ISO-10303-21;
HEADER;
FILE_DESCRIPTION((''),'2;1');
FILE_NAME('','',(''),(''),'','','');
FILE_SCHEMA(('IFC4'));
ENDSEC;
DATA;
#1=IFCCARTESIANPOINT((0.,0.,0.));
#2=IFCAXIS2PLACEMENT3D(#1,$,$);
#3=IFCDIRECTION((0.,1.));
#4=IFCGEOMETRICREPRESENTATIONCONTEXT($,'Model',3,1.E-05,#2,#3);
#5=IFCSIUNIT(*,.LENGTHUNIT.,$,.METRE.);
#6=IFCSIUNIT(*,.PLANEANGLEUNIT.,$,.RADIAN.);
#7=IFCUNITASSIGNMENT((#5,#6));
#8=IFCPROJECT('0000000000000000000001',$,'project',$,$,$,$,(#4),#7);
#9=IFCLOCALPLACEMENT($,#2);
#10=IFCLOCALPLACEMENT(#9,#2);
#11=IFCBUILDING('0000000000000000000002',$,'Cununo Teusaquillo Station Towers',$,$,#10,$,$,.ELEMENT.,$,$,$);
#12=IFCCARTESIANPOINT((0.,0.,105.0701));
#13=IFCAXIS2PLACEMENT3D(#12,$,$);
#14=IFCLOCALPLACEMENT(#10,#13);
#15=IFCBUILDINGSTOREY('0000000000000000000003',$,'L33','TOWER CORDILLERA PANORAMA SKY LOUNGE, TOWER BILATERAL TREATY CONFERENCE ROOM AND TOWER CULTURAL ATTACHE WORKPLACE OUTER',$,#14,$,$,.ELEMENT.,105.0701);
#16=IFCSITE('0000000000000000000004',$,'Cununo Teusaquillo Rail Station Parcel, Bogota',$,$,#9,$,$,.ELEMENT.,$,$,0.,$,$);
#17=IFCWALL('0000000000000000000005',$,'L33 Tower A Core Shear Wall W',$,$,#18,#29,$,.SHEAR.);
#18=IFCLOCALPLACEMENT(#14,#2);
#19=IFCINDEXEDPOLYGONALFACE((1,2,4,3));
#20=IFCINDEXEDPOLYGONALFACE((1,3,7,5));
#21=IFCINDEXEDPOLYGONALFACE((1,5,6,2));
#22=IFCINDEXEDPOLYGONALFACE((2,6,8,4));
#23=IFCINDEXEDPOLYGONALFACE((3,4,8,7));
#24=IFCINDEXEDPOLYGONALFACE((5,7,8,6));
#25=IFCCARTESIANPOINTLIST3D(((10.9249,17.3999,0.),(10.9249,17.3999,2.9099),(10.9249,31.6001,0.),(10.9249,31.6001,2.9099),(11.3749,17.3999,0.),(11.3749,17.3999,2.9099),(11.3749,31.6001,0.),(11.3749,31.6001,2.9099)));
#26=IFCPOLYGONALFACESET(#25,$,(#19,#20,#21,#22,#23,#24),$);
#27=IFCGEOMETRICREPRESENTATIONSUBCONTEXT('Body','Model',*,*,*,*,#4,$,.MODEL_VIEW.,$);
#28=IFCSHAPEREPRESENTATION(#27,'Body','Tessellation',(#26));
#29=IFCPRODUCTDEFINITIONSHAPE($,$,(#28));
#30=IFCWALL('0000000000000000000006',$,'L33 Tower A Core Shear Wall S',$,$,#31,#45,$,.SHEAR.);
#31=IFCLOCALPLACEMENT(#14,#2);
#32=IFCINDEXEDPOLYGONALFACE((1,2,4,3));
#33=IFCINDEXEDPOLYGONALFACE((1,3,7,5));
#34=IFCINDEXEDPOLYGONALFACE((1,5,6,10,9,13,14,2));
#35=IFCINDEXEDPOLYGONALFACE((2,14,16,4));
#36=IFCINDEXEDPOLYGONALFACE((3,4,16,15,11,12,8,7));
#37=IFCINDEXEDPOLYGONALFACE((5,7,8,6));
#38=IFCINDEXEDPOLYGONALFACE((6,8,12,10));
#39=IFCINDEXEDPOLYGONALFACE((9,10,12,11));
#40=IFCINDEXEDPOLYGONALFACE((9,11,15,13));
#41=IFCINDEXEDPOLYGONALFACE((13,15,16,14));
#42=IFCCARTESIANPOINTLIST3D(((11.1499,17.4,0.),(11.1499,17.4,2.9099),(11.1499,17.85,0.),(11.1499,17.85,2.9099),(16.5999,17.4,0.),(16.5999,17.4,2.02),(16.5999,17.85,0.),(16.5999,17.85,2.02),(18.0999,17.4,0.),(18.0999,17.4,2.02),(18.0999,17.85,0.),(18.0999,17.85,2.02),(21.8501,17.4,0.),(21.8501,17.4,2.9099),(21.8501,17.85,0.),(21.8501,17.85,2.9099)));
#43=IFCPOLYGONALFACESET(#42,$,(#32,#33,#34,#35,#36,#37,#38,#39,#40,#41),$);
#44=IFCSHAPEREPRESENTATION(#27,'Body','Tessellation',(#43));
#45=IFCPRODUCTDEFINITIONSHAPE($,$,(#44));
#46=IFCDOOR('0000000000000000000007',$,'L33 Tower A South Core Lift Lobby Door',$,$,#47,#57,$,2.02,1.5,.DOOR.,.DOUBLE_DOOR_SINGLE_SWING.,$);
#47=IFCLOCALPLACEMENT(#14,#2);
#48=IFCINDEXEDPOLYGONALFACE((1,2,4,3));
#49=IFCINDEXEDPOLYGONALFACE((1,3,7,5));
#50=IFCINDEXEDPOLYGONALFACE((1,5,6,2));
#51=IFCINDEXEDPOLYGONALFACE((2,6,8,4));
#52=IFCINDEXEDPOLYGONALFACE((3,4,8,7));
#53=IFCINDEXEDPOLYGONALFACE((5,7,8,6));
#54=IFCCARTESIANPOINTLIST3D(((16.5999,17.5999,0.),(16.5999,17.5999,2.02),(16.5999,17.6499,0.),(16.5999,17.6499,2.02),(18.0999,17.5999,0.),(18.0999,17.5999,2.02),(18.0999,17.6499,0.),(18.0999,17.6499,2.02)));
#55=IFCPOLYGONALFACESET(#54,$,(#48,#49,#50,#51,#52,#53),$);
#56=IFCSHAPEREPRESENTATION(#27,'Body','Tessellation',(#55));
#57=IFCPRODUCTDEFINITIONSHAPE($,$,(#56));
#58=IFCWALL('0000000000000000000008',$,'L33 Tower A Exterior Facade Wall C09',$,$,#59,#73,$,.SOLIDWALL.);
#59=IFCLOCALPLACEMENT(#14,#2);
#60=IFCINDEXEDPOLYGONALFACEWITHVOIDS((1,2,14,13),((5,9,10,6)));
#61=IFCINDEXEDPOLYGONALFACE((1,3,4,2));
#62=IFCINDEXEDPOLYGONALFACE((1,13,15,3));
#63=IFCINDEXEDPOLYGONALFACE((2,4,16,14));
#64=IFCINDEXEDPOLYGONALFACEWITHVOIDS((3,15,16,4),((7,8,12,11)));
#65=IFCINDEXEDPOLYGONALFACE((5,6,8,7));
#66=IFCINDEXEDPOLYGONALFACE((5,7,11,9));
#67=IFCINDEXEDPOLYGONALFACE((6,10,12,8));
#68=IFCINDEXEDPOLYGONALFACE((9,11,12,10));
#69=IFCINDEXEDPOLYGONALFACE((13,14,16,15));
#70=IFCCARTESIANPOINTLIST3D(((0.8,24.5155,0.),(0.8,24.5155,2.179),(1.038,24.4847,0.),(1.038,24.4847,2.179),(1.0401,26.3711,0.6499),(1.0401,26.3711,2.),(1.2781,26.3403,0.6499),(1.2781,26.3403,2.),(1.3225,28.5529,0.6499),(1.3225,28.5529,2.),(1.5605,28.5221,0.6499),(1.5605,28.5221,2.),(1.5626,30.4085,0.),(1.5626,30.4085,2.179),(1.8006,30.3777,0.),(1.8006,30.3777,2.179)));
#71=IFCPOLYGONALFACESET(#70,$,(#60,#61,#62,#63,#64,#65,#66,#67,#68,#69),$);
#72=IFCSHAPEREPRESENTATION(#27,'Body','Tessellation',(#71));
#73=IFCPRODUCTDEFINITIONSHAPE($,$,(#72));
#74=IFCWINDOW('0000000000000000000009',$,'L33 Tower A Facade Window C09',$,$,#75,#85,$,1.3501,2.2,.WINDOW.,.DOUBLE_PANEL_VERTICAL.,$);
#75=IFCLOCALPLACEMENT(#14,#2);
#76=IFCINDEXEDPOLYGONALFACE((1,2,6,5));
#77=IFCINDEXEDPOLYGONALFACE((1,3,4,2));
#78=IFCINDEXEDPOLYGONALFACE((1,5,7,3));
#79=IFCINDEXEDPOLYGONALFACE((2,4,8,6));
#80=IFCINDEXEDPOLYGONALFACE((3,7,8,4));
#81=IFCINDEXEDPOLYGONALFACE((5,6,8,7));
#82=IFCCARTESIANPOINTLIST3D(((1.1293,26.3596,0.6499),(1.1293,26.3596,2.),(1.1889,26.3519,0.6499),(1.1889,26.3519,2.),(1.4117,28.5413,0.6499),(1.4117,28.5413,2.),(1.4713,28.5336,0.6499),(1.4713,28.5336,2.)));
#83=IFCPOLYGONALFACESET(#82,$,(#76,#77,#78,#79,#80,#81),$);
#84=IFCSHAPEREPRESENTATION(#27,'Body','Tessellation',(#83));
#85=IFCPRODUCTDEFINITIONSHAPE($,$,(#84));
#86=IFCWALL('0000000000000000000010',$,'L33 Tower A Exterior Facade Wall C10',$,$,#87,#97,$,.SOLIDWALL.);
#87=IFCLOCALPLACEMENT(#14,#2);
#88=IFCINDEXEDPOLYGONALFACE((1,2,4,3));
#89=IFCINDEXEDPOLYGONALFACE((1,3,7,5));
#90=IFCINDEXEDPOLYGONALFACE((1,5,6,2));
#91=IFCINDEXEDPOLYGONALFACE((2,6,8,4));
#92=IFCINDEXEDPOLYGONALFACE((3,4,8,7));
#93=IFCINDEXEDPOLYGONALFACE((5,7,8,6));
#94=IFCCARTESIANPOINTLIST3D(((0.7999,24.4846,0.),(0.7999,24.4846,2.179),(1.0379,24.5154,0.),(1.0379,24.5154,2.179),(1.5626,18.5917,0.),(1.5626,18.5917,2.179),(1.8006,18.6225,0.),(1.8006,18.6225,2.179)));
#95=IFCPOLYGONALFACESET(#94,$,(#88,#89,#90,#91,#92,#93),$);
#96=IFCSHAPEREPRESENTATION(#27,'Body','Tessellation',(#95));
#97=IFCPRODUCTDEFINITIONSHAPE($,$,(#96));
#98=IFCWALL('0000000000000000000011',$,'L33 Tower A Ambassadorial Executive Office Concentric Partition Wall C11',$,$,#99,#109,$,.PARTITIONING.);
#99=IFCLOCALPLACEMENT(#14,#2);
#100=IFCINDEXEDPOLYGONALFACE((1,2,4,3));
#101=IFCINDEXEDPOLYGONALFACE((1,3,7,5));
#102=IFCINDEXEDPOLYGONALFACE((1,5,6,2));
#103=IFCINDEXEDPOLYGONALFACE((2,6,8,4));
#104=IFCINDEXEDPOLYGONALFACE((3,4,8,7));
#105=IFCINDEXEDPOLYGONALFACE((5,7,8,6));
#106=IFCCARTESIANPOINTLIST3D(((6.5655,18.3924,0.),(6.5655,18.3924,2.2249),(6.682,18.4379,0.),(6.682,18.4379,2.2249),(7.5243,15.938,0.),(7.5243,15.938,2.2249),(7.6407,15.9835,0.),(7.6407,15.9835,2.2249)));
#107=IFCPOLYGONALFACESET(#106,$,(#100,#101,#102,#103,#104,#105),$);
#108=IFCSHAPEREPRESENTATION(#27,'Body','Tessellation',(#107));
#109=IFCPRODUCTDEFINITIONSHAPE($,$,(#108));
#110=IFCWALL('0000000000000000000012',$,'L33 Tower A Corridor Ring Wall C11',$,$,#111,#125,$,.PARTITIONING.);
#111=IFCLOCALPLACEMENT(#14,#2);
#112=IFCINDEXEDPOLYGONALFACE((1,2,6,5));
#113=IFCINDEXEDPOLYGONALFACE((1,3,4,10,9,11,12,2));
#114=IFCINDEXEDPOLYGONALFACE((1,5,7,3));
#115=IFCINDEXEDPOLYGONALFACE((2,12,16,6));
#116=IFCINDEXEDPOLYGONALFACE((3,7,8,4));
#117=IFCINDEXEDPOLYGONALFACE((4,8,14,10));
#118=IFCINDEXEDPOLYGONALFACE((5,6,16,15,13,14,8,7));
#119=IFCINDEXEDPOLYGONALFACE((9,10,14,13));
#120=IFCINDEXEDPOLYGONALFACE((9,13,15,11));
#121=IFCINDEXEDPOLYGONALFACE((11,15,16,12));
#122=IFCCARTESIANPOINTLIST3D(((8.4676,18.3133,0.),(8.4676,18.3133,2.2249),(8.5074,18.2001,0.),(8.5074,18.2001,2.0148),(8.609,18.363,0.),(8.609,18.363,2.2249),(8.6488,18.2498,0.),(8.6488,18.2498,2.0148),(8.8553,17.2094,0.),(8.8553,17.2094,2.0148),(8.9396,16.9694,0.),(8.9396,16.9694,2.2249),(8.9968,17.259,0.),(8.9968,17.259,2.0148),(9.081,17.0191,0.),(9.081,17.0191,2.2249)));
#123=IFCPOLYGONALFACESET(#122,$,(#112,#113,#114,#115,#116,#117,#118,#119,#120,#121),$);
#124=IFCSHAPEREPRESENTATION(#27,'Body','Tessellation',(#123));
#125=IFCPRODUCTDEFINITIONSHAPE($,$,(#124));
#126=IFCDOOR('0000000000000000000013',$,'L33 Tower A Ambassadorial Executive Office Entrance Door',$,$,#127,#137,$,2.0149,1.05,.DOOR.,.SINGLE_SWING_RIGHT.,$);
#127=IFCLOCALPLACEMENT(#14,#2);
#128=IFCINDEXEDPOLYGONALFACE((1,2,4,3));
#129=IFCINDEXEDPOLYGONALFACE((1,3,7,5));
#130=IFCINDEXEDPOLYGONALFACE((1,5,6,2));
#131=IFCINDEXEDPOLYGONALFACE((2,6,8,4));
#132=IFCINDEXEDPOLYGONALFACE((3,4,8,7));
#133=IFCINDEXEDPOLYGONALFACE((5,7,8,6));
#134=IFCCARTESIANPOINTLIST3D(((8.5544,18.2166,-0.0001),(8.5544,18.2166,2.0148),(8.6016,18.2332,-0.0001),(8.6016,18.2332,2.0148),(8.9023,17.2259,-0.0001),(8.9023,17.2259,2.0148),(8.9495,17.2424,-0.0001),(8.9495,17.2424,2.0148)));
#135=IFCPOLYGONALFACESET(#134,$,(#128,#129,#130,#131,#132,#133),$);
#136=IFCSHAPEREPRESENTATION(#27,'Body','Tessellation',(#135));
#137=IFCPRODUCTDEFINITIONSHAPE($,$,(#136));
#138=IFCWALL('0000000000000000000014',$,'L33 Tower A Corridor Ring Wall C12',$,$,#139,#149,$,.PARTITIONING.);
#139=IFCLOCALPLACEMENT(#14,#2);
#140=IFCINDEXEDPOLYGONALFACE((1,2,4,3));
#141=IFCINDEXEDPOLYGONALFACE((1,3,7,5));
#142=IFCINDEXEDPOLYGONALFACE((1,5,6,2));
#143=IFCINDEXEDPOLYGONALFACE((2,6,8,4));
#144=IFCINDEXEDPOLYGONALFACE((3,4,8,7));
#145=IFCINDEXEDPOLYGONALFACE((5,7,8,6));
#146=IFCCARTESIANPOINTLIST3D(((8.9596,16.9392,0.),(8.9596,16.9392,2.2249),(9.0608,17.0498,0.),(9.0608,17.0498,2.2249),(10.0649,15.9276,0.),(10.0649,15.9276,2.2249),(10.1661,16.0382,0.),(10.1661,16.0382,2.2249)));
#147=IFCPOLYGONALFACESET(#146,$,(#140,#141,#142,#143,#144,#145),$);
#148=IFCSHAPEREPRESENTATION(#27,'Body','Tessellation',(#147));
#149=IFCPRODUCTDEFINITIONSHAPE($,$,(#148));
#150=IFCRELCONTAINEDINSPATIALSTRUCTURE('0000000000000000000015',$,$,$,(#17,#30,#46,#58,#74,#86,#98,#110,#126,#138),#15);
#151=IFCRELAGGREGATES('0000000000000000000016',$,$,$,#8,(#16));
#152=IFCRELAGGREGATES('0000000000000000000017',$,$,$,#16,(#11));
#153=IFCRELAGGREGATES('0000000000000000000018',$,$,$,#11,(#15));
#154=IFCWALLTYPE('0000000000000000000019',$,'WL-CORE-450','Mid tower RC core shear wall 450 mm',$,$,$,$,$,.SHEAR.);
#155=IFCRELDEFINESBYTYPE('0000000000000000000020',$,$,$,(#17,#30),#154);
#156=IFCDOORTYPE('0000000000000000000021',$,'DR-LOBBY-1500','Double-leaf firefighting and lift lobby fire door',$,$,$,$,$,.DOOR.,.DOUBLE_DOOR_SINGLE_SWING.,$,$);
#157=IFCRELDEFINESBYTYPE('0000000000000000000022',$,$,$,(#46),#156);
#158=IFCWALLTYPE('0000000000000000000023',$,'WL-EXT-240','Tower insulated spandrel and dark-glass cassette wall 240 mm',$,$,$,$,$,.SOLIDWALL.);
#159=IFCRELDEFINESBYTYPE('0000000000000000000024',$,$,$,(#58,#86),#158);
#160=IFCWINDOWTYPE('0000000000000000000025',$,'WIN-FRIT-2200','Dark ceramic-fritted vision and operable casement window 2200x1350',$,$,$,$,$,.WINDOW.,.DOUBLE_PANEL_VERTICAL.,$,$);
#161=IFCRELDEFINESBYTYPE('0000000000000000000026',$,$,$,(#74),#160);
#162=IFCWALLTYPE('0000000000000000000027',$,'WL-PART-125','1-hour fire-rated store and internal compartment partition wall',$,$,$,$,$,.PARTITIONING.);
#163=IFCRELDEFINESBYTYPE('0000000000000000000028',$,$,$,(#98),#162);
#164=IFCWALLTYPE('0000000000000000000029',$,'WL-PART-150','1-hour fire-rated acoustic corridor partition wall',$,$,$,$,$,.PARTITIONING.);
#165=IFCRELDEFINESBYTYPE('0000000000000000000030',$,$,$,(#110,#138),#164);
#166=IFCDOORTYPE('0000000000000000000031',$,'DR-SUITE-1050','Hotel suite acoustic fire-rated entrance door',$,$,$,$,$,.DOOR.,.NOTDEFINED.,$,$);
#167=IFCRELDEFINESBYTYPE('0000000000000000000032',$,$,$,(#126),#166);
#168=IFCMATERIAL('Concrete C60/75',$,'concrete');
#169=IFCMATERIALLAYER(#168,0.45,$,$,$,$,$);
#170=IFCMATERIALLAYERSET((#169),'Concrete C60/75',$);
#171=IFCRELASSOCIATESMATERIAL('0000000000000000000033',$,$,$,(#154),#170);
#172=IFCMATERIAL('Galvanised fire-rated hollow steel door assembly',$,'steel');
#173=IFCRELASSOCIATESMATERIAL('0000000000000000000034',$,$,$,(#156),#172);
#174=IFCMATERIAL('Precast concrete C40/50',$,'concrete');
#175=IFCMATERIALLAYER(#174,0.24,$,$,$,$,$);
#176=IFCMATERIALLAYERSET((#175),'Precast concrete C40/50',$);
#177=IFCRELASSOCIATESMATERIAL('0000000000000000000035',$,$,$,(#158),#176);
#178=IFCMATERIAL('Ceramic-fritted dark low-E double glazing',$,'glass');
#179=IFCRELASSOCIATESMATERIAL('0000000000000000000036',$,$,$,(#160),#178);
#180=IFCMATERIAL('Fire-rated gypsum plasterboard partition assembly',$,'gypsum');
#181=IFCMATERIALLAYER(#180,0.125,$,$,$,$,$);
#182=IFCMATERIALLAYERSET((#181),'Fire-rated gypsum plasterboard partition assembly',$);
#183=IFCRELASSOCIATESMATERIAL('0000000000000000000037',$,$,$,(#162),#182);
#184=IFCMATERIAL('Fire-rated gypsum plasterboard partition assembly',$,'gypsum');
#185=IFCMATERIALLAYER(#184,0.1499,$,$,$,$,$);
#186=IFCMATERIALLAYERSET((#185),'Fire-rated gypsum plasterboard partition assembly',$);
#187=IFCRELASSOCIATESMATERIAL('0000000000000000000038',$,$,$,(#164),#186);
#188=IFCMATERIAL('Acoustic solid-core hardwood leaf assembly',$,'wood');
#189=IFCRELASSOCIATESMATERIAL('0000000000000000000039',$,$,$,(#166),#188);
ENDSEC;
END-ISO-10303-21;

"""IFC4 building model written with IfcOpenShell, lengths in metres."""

from ifc_helpers import new_model, si_unit, direction, frame, frame_2d, origin, place, context, subcontext, project, spatial, rectangle, extrude, source, transform, mapped, material, layer, layer_set, type_object, element, fill, save


model = new_model("IFC4")

# Units and contexts
model_context = context("Model", 3, precision=1e-05, world=origin(), true_north=direction((0.0, 1.0)))
body_context = subcontext(model_context, "Body", "Model", "MODEL_VIEW")
ifc_project = project(units=[si_unit("LENGTHUNIT", "METRE"), si_unit("PLANEANGLEUNIT", "RADIAN")], contexts=[model_context])

# Site, building, storey
site_placement = place(None, origin())
site = spatial("IfcSite", under=ifc_project, at=site_placement, Name="Cununo Teusaquillo Rail Station Parcel, Bogota", CompositionType="ELEMENT", RefElevation=0.0)
building_placement = place(site_placement, origin())
building = spatial("IfcBuilding", under=site, at=building_placement, Name="Cununo Teusaquillo Station Towers", CompositionType="ELEMENT")
storey_placement = place(building_placement, frame((0.0, 0.0, 105.0701)))
storey = spatial("IfcBuildingStorey", under=building, at=storey_placement, Name="L33", Description="TOWER CORDILLERA PANORAMA SKY LOUNGE, TOWER BILATERAL TREATY CONFERENCE ROOM AND TOWER CULTURAL ATTACHE WORKPLACE OUTER", CompositionType="ELEMENT", Elevation=105.0701)

# Wall
ifc_material_1 = material(Name="Concrete C60/75", Category="concrete")
ifc_layer_1 = layer(ifc_material_1, 0.45)
ifc_layer_set_1 = layer_set([ifc_layer_1], Name="Concrete C60/75")
wall_type_1 = type_object("IfcWallType", Name="WL-CORE-450", Description="Mid tower RC core shear wall 450 mm", PredefinedType="SHEAR", material=ifc_layer_set_1)
wall_1_placement = place(storey_placement, frame((11.1499, 17.3999, 0.0), z_axis=(0.0, 0.0, 1.0), x_axis=(0.0, 1.0, 0.0)))
element("IfcWall", 1, at=wall_1_placement, inside=storey, type_object=wall_type_1, Name="L33 Tower A Core Shear Wall W", PredefinedType="SHEAR", context=body_context, shape_type="SweptSolid", body=[
    extrude(rectangle(XDim=14.2002, YDim=0.45, at=frame_2d((7.1001, 0.0))), origin(), (0.0, 0.0, 1.0), 2.9099),
])

# Wall, opening, door
wall_2_placement = place(storey_placement, frame((11.1499, 17.625, 0.0), z_axis=(0.0, 0.0, 1.0), x_axis=(1.0, 0.0, 0.0)))
wall_2 = element("IfcWall", 2, at=wall_2_placement, inside=storey, type_object=wall_type_1, Name="L33 Tower A Core Shear Wall S", PredefinedType="SHEAR", context=body_context, shape_type="SweptSolid", body=[
    extrude(rectangle(XDim=10.7002, YDim=0.45, at=frame_2d((5.3501, 0.0))), origin(), (0.0, 0.0, 1.0), 2.9099),
])
shared_shape_1 = source(origin(), body_context, "Body", "SweptSolid", [
    extrude(rectangle(XDim=1.5, YDim=2.02, at=frame_2d((0.75, 1.01))), frame((0.0, 0.2349, 0.0), z_axis=(0.0, -1.0, 0.0), x_axis=(1.0, 0.0, 0.0)), (0.0, 0.0, 1.0), 0.47),
])
opening_1_placement = place(wall_2_placement, frame((5.45, 0.0, 0.0)))
opening_1 = element("IfcOpeningElement", 3, at=opening_1_placement, cuts=wall_2, PredefinedType="OPENING", context=body_context, shape_type="MappedRepresentation", body=[
    mapped(shared_shape_1, transform((0.0, 0.0, 0.0), x_axis=(1.0, 0.0, 0.0), y_axis=(0.0, 1.0, 0.0), z_axis=(0.0, 0.0, 1.0), scale=1.0)),
])
ifc_material_2 = material(Name="Galvanised fire-rated hollow steel door assembly", Category="steel")
door_type_1 = type_object("IfcDoorType", Name="DR-LOBBY-1500", Description="Double-leaf firefighting and lift lobby fire door", OperationType="DOUBLE_DOOR_SINGLE_SWING", PredefinedType="DOOR", material=ifc_material_2)
shared_shape_2 = source(origin(), body_context, "Body", "SweptSolid", [
    extrude(rectangle(XDim=1.5, YDim=2.02, at=frame_2d((0.75, 1.01))), frame((0.0, 0.0249, 0.0), z_axis=(0.0, -1.0, 0.0), x_axis=(1.0, 0.0, 0.0)), (0.0, 0.0, 1.0), 0.05),
])
door_1_placement = place(opening_1_placement, origin())
door_1 = element("IfcDoor", 4, at=door_1_placement, inside=storey, type_object=door_type_1, Name="L33 Tower A South Core Lift Lobby Door", OperationType="DOUBLE_DOOR_SINGLE_SWING", OverallHeight=2.02, OverallWidth=1.5, PredefinedType="DOOR", context=body_context, shape_type="MappedRepresentation", body=[
    mapped(shared_shape_2, transform((0.0, 0.0, 0.0), x_axis=(1.0, 0.0, 0.0), y_axis=(0.0, 1.0, 0.0), z_axis=(0.0, 0.0, 1.0), scale=1.0)),
])
fill(opening_1, door_1)

# Wall, opening, window
ifc_material_3 = material(Name="Precast concrete C40/50", Category="concrete")
ifc_layer_2 = layer(ifc_material_3, 0.24)
ifc_layer_set_2 = layer_set([ifc_layer_2], Name="Precast concrete C40/50")
wall_type_2 = type_object("IfcWallType", Name="WL-EXT-240", Description="Tower insulated spandrel and dark-glass cassette wall 240 mm", PredefinedType="SOLIDWALL", material=ifc_layer_set_2)
wall_3_placement = place(storey_placement, frame((0.9189, 24.5, 0.0), z_axis=(0.0, 0.0, 1.0), x_axis=(0.128352, 0.991729, 0.0)))
wall_3 = element("IfcWall", 5, at=wall_3_placement, inside=storey, type_object=wall_type_2, Name="L33 Tower A Exterior Facade Wall C09", PredefinedType="SOLIDWALL", context=body_context, shape_type="SweptSolid", body=[
    extrude(rectangle(XDim=5.9421, YDim=0.24, at=frame_2d((2.9712, 0.0))), origin(), (0.0, 0.0, 1.0), 2.179),
])
shared_shape_3 = source(origin(), body_context, "Body", "SweptSolid", [
    extrude(rectangle(XDim=2.2, YDim=1.3501, at=frame_2d((1.1001, 0.675))), frame((0.0, 0.1299, 0.0), z_axis=(0.0, -1.0, 0.0), x_axis=(1.0, 0.0, 0.0)), (0.0, 0.0, 1.0), 0.26),
])
opening_2_placement = place(wall_3_placement, frame((1.8711, 0.0, 0.6499)))
opening_2 = element("IfcOpeningElement", 6, at=opening_2_placement, cuts=wall_3, PredefinedType="OPENING", context=body_context, shape_type="MappedRepresentation", body=[
    mapped(shared_shape_3, transform((0.0, 0.0, 0.0), x_axis=(1.0, 0.0, 0.0), y_axis=(0.0, 1.0, 0.0), z_axis=(0.0, 0.0, 1.0), scale=1.0)),
])
ifc_material_4 = material(Name="Ceramic-fritted dark low-E double glazing", Category="glass")
window_type = type_object("IfcWindowType", Name="WIN-FRIT-2200", Description="Dark ceramic-fritted vision and operable casement window 2200x1350", PartitioningType="DOUBLE_PANEL_VERTICAL", PredefinedType="WINDOW", material=ifc_material_4)
shared_shape_4 = source(origin(), body_context, "Body", "SweptSolid", [
    extrude(rectangle(XDim=2.2, YDim=1.3501, at=frame_2d((1.1001, 0.675))), frame((0.0, 0.03, 0.0), z_axis=(0.0, -1.0, 0.0), x_axis=(1.0, 0.0, 0.0)), (0.0, 0.0, 1.0), 0.0601),
])
window_placement = place(opening_2_placement, origin())
window = element("IfcWindow", 7, at=window_placement, inside=storey, type_object=window_type, Name="L33 Tower A Facade Window C09", OverallHeight=1.3501, OverallWidth=2.2, PartitioningType="DOUBLE_PANEL_VERTICAL", PredefinedType="WINDOW", context=body_context, shape_type="MappedRepresentation", body=[
    mapped(shared_shape_4, transform((0.0, 0.0, 0.0), x_axis=(1.0, 0.0, 0.0), y_axis=(0.0, 1.0, 0.0), z_axis=(0.0, 0.0, 1.0), scale=1.0)),
])
fill(opening_2, window)

# Walls
wall_4_placement = place(storey_placement, frame((1.6816, 18.6069, 0.0), z_axis=(0.0, 0.0, 1.0), x_axis=(-0.128352, 0.991729, 0.0)))
element("IfcWall", 8, at=wall_4_placement, inside=storey, type_object=wall_type_2, Name="L33 Tower A Exterior Facade Wall C10", PredefinedType="SOLIDWALL", context=body_context, shape_type="SweptSolid", body=[
    extrude(rectangle(XDim=5.9421, YDim=0.24, at=frame_2d((2.9712, 0.0))), origin(), (0.0, 0.0, 1.0), 2.179),
])
ifc_material_5 = material(Name="Fire-rated gypsum plasterboard partition assembly", Category="gypsum")
ifc_layer_3 = layer(ifc_material_5, 0.125)
ifc_layer_set_3 = layer_set([ifc_layer_3], Name="Fire-rated gypsum plasterboard partition assembly")
wall_type_3 = type_object("IfcWallType", Name="WL-PART-125", Description="1-hour fire-rated store and internal compartment partition wall", PredefinedType="PARTITIONING", material=ifc_layer_set_3)
wall_5_placement = place(storey_placement, frame((6.6238, 18.415, 0.0), z_axis=(0.0, 0.0, 1.0), x_axis=(0.363854, -0.931456, 0.0)))
element("IfcWall", 9, at=wall_5_placement, inside=storey, type_object=wall_type_3, Name="L33 Tower A Ambassadorial Executive Office Concentric Partition Wall C11", PredefinedType="PARTITIONING", context=body_context, shape_type="SweptSolid", body=[
    extrude(rectangle(XDim=2.635, YDim=0.125, at=frame_2d((1.3174, 0.0))), origin(), (0.0, 0.0, 1.0), 2.2249),
])

# Wall, opening, door
ifc_material_6 = material(Name="Fire-rated gypsum plasterboard partition assembly", Category="gypsum")
ifc_layer_4 = layer(ifc_material_6, 0.1499)
ifc_layer_set_4 = layer_set([ifc_layer_4], Name="Fire-rated gypsum plasterboard partition assembly")
wall_type_4 = type_object("IfcWallType", Name="WL-PART-150", Description="1-hour fire-rated acoustic corridor partition wall", PredefinedType="PARTITIONING", material=ifc_layer_set_4)
wall_6_placement = place(storey_placement, frame((8.5383, 18.3381, 0.0), z_axis=(0.0, 0.0, 1.0), x_axis=(0.331358, -0.943505, 0.0)))
wall_6 = element("IfcWall", 10, at=wall_6_placement, inside=storey, type_object=wall_type_4, Name="L33 Tower A Corridor Ring Wall C11", PredefinedType="PARTITIONING", context=body_context, shape_type="SweptSolid", body=[
    extrude(rectangle(XDim=1.4243, YDim=0.1499, at=frame_2d((0.7122, 0.0))), origin(), (0.0, 0.0, 1.0), 2.2249),
])
shared_shape_5 = source(origin(), body_context, "Body", "SweptSolid", [
    extrude(rectangle(XDim=1.05, YDim=2.0149, at=frame_2d((0.5249, 1.0073))), frame((0.0, 0.085, 0.0), z_axis=(0.0, -1.0, 0.0), x_axis=(1.0, 0.0, 0.0)), (0.0, 0.0, 1.0), 0.1699),
])
opening_3_placement = place(wall_6_placement, frame((0.1201, 0.0, 0.0)))
opening_3 = element("IfcOpeningElement", 11, at=opening_3_placement, cuts=wall_6, PredefinedType="OPENING", context=body_context, shape_type="MappedRepresentation", body=[
    mapped(shared_shape_5, transform((0.0, 0.0, 0.0), x_axis=(1.0, 0.0, 0.0), y_axis=(0.0, 1.0, 0.0), z_axis=(0.0, 0.0, 1.0), scale=1.0)),
])
ifc_material_7 = material(Name="Acoustic solid-core hardwood leaf assembly", Category="wood")
door_type_2 = type_object("IfcDoorType", Name="DR-SUITE-1050", Description="Hotel suite acoustic fire-rated entrance door", OperationType="NOTDEFINED", PredefinedType="DOOR", material=ifc_material_7)
shared_shape_6 = source(origin(), body_context, "Body", "SweptSolid", [
    extrude(rectangle(XDim=1.05, YDim=2.0149, at=frame_2d((0.5249, 1.0073))), frame((0.0, 0.0249, 0.0), z_axis=(0.0, -1.0, 0.0), x_axis=(1.0, 0.0, 0.0)), (0.0, 0.0, 1.0), 0.05),
])
door_2_placement = place(opening_3_placement, origin())
door_2 = element("IfcDoor", 12, at=door_2_placement, inside=storey, type_object=door_type_2, Name="L33 Tower A Ambassadorial Executive Office Entrance Door", OperationType="SINGLE_SWING_RIGHT", OverallHeight=2.0149, OverallWidth=1.05, PredefinedType="DOOR", context=body_context, shape_type="MappedRepresentation", body=[
    mapped(shared_shape_6, transform((0.0, 0.0, 0.0), x_axis=(1.0, 0.0, 0.0), y_axis=(0.0, 1.0, 0.0), z_axis=(0.0, 0.0, 1.0), scale=1.0)),
])
fill(opening_3, door_2)

# Wall
wall_7_placement = place(storey_placement, frame((9.0103, 16.9944, 0.0), z_axis=(0.0, 0.0, 1.0), x_axis=(0.737702, -0.675127, 0.0)))
element("IfcWall", 13, at=wall_7_placement, inside=storey, type_object=wall_type_4, Name="L33 Tower A Corridor Ring Wall C12", PredefinedType="PARTITIONING", context=body_context, shape_type="SweptSolid", body=[
    extrude(rectangle(XDim=1.4983, YDim=0.1499, at=frame_2d((0.749, 0.0))), origin(), (0.0, 0.0, 1.0), 2.2249),
])

save(model, "model.ifc")
